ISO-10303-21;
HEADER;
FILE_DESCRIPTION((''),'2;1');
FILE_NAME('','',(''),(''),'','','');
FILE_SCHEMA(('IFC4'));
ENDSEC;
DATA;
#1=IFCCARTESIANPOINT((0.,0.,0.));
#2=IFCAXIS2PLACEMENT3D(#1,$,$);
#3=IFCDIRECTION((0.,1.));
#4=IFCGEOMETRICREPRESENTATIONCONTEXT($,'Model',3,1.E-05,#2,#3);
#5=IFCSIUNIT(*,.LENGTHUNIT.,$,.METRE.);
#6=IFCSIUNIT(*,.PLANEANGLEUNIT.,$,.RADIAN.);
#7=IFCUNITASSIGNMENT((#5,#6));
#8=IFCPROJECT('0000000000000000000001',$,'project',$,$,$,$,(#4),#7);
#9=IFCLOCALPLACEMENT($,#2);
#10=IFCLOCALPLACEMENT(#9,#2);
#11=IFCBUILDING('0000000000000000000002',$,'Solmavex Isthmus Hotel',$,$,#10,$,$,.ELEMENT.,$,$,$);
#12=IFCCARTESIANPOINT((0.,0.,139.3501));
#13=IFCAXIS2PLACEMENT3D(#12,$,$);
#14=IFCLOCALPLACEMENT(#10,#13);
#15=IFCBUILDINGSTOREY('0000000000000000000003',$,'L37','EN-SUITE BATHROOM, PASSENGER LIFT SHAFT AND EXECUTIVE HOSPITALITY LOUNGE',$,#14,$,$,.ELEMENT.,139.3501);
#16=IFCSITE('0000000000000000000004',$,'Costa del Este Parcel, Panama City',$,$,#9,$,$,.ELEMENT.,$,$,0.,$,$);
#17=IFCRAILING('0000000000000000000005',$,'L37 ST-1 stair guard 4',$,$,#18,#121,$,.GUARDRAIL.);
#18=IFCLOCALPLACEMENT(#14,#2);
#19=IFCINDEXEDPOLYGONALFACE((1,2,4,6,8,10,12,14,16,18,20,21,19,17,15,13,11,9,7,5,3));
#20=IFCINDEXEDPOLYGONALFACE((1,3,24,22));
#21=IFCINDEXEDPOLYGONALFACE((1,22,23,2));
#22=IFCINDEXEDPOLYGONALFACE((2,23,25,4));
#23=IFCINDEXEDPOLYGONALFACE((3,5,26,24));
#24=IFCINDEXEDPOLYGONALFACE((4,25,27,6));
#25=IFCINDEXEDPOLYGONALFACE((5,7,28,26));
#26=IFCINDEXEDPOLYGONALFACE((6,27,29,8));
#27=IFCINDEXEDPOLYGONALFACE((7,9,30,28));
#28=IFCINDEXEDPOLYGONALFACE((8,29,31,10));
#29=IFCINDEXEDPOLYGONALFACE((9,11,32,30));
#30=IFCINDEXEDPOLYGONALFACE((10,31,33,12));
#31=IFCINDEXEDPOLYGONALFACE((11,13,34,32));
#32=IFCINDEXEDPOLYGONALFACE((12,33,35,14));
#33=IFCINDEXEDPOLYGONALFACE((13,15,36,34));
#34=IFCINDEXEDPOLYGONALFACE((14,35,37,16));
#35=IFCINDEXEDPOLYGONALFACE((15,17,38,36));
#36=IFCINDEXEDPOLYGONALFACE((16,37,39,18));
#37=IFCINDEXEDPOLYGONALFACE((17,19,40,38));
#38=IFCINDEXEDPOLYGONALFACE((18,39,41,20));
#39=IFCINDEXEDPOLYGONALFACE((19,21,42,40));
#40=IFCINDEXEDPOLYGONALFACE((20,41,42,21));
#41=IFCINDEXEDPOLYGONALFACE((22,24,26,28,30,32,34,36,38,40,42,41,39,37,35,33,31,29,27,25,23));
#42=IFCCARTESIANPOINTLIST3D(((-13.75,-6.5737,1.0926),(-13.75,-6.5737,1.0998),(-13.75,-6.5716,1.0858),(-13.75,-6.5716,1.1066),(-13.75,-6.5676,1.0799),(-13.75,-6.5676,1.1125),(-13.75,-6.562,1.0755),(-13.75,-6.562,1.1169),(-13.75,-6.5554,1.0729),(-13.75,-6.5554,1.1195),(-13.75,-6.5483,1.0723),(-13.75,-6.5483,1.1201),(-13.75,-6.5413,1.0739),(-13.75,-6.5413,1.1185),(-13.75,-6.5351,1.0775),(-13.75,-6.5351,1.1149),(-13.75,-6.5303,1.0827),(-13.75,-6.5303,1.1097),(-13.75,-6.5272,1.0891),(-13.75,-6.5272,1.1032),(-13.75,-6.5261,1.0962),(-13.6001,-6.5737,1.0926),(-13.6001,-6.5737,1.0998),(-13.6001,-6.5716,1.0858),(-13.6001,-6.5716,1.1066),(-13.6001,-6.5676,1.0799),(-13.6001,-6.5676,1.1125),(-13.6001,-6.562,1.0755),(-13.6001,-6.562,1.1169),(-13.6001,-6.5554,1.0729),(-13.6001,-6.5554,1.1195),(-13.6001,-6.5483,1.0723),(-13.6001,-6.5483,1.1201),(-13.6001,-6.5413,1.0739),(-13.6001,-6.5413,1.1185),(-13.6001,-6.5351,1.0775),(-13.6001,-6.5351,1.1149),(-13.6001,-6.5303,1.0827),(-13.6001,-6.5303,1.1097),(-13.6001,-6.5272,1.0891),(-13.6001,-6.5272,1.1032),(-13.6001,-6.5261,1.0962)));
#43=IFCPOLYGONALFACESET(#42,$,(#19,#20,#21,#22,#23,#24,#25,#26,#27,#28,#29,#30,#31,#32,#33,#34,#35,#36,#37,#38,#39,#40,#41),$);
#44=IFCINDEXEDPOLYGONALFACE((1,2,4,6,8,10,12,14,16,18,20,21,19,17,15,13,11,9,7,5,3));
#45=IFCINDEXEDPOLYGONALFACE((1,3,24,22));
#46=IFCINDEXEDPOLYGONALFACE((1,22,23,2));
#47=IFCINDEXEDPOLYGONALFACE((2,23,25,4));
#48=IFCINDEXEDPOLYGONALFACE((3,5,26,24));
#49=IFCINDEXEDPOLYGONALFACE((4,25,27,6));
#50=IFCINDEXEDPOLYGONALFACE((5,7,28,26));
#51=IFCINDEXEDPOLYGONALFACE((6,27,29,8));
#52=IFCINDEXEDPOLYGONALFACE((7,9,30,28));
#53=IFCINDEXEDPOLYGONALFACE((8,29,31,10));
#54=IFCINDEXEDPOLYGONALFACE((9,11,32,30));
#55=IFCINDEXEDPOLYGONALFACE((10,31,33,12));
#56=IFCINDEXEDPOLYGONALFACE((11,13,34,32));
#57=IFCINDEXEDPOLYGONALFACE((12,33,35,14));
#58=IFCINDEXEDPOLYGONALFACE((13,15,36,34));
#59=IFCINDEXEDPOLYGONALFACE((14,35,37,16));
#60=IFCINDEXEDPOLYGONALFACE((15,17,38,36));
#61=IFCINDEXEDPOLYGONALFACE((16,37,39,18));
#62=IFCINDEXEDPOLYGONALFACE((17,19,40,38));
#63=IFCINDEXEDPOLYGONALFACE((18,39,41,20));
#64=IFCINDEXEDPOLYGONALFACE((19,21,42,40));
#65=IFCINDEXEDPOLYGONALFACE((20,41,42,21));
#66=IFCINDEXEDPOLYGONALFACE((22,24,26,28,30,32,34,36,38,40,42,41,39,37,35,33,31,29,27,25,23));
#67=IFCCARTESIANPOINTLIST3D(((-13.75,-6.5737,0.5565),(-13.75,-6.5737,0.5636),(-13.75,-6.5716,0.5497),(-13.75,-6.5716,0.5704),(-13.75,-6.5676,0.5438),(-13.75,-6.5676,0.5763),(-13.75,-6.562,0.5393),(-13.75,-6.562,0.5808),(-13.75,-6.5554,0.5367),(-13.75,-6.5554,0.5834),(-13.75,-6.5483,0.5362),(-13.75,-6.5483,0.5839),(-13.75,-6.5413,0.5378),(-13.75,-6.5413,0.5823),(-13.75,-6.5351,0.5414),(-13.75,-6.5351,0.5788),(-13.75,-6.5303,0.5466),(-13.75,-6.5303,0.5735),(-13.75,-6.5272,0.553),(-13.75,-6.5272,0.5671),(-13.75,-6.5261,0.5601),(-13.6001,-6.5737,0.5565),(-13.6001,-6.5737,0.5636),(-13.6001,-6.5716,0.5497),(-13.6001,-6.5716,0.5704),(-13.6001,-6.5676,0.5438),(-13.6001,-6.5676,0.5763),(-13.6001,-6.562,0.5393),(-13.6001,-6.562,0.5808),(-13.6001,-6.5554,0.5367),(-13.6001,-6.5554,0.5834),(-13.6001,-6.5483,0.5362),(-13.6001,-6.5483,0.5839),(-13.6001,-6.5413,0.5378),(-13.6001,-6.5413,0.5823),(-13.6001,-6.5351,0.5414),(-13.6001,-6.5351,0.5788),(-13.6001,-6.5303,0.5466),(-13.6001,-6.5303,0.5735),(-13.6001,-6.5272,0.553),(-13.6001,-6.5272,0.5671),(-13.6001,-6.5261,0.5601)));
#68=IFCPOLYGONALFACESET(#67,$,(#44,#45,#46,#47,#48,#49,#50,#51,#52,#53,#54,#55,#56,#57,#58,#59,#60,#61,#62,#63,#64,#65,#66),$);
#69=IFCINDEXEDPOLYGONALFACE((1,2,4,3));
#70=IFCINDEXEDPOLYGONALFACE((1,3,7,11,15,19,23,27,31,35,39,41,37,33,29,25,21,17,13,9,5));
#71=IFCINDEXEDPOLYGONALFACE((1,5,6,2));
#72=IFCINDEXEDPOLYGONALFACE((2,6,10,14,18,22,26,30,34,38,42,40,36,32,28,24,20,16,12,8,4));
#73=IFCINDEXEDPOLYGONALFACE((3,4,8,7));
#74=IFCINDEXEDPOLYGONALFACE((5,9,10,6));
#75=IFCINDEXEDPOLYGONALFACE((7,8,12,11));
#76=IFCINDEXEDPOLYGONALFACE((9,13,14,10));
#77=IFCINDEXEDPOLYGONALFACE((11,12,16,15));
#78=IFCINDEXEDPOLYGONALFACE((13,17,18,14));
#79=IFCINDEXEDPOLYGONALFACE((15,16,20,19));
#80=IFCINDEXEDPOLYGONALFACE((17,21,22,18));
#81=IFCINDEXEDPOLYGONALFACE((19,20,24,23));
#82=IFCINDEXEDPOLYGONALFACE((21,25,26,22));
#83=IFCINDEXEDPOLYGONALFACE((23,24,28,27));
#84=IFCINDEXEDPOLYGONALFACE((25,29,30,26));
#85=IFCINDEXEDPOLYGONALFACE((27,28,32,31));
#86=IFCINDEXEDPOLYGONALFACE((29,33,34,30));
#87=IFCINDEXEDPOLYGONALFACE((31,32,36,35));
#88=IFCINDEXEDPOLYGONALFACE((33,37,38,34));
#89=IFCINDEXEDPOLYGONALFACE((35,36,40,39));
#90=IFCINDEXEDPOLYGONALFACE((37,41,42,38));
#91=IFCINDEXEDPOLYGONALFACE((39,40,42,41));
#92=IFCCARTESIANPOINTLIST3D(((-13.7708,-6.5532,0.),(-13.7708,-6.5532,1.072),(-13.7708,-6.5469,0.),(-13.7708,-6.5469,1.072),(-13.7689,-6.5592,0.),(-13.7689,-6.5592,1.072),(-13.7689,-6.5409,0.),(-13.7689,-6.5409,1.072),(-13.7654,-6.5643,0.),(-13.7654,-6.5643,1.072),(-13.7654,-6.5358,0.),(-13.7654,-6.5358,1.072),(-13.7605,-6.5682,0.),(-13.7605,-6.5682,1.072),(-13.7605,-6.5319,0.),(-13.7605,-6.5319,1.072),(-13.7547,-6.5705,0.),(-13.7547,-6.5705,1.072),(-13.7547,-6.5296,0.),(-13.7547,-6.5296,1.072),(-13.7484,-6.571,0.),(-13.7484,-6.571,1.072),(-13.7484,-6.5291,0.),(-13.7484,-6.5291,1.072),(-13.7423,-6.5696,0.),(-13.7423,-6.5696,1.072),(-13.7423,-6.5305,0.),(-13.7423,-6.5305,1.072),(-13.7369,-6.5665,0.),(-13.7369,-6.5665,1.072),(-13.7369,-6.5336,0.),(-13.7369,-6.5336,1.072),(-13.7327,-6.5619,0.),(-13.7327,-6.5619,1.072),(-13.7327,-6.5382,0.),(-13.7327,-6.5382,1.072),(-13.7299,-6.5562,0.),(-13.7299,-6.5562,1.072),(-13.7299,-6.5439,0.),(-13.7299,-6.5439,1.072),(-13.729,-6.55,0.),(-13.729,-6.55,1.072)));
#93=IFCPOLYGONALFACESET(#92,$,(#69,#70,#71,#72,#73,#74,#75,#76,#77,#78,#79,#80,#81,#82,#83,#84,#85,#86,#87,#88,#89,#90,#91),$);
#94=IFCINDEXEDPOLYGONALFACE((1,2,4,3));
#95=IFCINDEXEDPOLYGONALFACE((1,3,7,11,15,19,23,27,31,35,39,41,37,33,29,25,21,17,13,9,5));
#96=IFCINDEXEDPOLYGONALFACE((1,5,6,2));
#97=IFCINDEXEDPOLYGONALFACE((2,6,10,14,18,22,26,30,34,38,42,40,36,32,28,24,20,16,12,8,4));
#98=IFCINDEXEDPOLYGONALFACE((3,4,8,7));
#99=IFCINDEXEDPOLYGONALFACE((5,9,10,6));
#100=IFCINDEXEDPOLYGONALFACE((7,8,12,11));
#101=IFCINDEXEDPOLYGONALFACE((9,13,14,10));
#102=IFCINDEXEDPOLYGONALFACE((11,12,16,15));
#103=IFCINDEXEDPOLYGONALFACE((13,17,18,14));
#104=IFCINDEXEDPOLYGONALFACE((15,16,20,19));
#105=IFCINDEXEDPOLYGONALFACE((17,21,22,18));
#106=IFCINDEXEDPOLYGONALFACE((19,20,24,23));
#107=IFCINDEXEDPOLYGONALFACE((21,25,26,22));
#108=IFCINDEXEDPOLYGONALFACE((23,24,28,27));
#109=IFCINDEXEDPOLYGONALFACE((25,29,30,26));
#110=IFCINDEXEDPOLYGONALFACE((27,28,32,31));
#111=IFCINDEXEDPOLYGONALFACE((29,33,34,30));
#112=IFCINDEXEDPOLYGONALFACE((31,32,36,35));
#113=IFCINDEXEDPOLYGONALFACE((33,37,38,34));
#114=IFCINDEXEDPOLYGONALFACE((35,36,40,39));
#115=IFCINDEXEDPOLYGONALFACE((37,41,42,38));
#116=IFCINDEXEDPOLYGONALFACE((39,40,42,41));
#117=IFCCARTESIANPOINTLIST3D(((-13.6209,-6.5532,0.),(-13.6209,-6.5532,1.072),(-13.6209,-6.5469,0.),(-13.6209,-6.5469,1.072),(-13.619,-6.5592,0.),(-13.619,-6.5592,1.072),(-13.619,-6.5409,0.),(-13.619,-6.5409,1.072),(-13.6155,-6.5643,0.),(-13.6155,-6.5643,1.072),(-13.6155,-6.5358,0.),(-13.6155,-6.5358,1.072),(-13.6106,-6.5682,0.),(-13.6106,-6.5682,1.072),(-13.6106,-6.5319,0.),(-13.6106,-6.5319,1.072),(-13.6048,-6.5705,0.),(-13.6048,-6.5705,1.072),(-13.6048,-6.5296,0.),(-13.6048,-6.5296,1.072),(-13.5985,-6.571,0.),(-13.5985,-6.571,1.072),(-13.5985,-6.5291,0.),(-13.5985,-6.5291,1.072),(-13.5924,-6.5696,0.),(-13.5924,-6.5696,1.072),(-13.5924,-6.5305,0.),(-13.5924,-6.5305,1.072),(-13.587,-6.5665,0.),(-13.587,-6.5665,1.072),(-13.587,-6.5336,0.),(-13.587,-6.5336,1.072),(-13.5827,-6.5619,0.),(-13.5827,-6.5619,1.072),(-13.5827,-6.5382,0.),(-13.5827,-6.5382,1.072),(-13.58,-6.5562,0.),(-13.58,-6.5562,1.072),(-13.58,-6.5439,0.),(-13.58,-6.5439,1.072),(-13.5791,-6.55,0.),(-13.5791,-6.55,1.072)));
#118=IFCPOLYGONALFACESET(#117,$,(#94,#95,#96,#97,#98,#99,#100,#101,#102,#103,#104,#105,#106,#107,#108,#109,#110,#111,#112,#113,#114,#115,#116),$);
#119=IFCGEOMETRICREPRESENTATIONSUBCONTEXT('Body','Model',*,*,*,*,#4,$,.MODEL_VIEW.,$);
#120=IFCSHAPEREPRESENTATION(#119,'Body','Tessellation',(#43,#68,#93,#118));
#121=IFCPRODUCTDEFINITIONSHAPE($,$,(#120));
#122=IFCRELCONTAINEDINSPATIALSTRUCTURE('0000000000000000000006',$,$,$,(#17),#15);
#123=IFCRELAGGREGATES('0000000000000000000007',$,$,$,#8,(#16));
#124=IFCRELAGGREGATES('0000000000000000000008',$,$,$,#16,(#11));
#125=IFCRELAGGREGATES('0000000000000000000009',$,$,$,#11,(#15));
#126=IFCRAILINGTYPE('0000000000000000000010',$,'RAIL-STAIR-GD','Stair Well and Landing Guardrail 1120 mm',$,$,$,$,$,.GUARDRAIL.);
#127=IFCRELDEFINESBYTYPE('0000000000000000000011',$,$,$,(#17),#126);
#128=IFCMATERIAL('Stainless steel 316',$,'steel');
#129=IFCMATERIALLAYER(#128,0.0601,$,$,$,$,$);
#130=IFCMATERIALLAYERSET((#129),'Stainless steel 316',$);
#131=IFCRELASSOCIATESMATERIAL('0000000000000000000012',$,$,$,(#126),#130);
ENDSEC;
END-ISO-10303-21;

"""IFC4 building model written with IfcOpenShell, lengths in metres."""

from ifc_helpers import new_model, si_unit, direction, frame, origin, origin_2d, place, context, subcontext, project, spatial, circle, extrude, material, layer, layer_set, type_object, element, save


model = new_model("IFC4")

# Units and contexts
model_context = context("Model", 3, precision=1e-05, world=origin(), true_north=direction((0.0, 1.0)))
body_context = subcontext(model_context, "Body", "Model", "MODEL_VIEW")
ifc_project = project(units=[si_unit("LENGTHUNIT", "METRE"), si_unit("PLANEANGLEUNIT", "RADIAN")], contexts=[model_context])

# Site, building, storey
site_placement = place(None, origin())
site = spatial("IfcSite", under=ifc_project, at=site_placement, Name="Costa del Este Parcel, Panama City", CompositionType="ELEMENT", RefElevation=0.0)
building_placement = place(site_placement, origin())
building = spatial("IfcBuilding", under=site, at=building_placement, Name="Solmavex Isthmus Hotel", CompositionType="ELEMENT")
storey_placement = place(building_placement, frame((0.0, 0.0, 139.3501)))
storey = spatial("IfcBuildingStorey", under=building, at=storey_placement, Name="L37", Description="EN-SUITE BATHROOM, PASSENGER LIFT SHAFT AND EXECUTIVE HOSPITALITY LOUNGE", CompositionType="ELEMENT", Elevation=139.3501)

# Railing
ifc_material_1 = material(Name="Stainless steel 316", Category="steel")
ifc_layer_1 = layer(ifc_material_1, 0.0601)
ifc_layer_set_1 = layer_set([ifc_layer_1], Name="Stainless steel 316")
railing_type_1 = type_object("IfcRailingType", Name="RAIL-STAIR-GD", Description="Stair Well and Landing Guardrail 1120 mm", PredefinedType="GUARDRAIL", material=ifc_layer_set_1)
railing_1_placement = place(storey_placement, frame((-13.75, -6.55, 0.0)))
element("IfcRailing", 1, at=railing_1_placement, inside=storey, type_object=railing_type_1, Name="L37 ST-1 stair guard 4", PredefinedType="GUARDRAIL", context=body_context, shape_type="SweptSolid", body=[
    extrude(circle(Radius=0.0239, at=origin_2d()), frame((0.0, 0.0, 1.0962), z_axis=(1.0, 0.0, 0.0), x_axis=(0.0, 1.0, 0.0)), (0.0, 0.0, 1.0), 0.1499),
    extrude(circle(Radius=0.0239, at=origin_2d()), frame((0.0, 0.0, 0.5601), z_axis=(1.0, 0.0, 0.0), x_axis=(0.0, 1.0, 0.0)), (0.0, 0.0, 1.0), 0.1499),
    extrude(circle(Radius=0.021, at=origin_2d()), origin(), (0.0, 0.0, 1.0), 1.072),
    extrude(circle(Radius=0.021, at=origin_2d()), frame((0.1499, 0.0, 0.0)), (0.0, 0.0, 1.0), 1.072),
])

save(model, "model.ifc")
